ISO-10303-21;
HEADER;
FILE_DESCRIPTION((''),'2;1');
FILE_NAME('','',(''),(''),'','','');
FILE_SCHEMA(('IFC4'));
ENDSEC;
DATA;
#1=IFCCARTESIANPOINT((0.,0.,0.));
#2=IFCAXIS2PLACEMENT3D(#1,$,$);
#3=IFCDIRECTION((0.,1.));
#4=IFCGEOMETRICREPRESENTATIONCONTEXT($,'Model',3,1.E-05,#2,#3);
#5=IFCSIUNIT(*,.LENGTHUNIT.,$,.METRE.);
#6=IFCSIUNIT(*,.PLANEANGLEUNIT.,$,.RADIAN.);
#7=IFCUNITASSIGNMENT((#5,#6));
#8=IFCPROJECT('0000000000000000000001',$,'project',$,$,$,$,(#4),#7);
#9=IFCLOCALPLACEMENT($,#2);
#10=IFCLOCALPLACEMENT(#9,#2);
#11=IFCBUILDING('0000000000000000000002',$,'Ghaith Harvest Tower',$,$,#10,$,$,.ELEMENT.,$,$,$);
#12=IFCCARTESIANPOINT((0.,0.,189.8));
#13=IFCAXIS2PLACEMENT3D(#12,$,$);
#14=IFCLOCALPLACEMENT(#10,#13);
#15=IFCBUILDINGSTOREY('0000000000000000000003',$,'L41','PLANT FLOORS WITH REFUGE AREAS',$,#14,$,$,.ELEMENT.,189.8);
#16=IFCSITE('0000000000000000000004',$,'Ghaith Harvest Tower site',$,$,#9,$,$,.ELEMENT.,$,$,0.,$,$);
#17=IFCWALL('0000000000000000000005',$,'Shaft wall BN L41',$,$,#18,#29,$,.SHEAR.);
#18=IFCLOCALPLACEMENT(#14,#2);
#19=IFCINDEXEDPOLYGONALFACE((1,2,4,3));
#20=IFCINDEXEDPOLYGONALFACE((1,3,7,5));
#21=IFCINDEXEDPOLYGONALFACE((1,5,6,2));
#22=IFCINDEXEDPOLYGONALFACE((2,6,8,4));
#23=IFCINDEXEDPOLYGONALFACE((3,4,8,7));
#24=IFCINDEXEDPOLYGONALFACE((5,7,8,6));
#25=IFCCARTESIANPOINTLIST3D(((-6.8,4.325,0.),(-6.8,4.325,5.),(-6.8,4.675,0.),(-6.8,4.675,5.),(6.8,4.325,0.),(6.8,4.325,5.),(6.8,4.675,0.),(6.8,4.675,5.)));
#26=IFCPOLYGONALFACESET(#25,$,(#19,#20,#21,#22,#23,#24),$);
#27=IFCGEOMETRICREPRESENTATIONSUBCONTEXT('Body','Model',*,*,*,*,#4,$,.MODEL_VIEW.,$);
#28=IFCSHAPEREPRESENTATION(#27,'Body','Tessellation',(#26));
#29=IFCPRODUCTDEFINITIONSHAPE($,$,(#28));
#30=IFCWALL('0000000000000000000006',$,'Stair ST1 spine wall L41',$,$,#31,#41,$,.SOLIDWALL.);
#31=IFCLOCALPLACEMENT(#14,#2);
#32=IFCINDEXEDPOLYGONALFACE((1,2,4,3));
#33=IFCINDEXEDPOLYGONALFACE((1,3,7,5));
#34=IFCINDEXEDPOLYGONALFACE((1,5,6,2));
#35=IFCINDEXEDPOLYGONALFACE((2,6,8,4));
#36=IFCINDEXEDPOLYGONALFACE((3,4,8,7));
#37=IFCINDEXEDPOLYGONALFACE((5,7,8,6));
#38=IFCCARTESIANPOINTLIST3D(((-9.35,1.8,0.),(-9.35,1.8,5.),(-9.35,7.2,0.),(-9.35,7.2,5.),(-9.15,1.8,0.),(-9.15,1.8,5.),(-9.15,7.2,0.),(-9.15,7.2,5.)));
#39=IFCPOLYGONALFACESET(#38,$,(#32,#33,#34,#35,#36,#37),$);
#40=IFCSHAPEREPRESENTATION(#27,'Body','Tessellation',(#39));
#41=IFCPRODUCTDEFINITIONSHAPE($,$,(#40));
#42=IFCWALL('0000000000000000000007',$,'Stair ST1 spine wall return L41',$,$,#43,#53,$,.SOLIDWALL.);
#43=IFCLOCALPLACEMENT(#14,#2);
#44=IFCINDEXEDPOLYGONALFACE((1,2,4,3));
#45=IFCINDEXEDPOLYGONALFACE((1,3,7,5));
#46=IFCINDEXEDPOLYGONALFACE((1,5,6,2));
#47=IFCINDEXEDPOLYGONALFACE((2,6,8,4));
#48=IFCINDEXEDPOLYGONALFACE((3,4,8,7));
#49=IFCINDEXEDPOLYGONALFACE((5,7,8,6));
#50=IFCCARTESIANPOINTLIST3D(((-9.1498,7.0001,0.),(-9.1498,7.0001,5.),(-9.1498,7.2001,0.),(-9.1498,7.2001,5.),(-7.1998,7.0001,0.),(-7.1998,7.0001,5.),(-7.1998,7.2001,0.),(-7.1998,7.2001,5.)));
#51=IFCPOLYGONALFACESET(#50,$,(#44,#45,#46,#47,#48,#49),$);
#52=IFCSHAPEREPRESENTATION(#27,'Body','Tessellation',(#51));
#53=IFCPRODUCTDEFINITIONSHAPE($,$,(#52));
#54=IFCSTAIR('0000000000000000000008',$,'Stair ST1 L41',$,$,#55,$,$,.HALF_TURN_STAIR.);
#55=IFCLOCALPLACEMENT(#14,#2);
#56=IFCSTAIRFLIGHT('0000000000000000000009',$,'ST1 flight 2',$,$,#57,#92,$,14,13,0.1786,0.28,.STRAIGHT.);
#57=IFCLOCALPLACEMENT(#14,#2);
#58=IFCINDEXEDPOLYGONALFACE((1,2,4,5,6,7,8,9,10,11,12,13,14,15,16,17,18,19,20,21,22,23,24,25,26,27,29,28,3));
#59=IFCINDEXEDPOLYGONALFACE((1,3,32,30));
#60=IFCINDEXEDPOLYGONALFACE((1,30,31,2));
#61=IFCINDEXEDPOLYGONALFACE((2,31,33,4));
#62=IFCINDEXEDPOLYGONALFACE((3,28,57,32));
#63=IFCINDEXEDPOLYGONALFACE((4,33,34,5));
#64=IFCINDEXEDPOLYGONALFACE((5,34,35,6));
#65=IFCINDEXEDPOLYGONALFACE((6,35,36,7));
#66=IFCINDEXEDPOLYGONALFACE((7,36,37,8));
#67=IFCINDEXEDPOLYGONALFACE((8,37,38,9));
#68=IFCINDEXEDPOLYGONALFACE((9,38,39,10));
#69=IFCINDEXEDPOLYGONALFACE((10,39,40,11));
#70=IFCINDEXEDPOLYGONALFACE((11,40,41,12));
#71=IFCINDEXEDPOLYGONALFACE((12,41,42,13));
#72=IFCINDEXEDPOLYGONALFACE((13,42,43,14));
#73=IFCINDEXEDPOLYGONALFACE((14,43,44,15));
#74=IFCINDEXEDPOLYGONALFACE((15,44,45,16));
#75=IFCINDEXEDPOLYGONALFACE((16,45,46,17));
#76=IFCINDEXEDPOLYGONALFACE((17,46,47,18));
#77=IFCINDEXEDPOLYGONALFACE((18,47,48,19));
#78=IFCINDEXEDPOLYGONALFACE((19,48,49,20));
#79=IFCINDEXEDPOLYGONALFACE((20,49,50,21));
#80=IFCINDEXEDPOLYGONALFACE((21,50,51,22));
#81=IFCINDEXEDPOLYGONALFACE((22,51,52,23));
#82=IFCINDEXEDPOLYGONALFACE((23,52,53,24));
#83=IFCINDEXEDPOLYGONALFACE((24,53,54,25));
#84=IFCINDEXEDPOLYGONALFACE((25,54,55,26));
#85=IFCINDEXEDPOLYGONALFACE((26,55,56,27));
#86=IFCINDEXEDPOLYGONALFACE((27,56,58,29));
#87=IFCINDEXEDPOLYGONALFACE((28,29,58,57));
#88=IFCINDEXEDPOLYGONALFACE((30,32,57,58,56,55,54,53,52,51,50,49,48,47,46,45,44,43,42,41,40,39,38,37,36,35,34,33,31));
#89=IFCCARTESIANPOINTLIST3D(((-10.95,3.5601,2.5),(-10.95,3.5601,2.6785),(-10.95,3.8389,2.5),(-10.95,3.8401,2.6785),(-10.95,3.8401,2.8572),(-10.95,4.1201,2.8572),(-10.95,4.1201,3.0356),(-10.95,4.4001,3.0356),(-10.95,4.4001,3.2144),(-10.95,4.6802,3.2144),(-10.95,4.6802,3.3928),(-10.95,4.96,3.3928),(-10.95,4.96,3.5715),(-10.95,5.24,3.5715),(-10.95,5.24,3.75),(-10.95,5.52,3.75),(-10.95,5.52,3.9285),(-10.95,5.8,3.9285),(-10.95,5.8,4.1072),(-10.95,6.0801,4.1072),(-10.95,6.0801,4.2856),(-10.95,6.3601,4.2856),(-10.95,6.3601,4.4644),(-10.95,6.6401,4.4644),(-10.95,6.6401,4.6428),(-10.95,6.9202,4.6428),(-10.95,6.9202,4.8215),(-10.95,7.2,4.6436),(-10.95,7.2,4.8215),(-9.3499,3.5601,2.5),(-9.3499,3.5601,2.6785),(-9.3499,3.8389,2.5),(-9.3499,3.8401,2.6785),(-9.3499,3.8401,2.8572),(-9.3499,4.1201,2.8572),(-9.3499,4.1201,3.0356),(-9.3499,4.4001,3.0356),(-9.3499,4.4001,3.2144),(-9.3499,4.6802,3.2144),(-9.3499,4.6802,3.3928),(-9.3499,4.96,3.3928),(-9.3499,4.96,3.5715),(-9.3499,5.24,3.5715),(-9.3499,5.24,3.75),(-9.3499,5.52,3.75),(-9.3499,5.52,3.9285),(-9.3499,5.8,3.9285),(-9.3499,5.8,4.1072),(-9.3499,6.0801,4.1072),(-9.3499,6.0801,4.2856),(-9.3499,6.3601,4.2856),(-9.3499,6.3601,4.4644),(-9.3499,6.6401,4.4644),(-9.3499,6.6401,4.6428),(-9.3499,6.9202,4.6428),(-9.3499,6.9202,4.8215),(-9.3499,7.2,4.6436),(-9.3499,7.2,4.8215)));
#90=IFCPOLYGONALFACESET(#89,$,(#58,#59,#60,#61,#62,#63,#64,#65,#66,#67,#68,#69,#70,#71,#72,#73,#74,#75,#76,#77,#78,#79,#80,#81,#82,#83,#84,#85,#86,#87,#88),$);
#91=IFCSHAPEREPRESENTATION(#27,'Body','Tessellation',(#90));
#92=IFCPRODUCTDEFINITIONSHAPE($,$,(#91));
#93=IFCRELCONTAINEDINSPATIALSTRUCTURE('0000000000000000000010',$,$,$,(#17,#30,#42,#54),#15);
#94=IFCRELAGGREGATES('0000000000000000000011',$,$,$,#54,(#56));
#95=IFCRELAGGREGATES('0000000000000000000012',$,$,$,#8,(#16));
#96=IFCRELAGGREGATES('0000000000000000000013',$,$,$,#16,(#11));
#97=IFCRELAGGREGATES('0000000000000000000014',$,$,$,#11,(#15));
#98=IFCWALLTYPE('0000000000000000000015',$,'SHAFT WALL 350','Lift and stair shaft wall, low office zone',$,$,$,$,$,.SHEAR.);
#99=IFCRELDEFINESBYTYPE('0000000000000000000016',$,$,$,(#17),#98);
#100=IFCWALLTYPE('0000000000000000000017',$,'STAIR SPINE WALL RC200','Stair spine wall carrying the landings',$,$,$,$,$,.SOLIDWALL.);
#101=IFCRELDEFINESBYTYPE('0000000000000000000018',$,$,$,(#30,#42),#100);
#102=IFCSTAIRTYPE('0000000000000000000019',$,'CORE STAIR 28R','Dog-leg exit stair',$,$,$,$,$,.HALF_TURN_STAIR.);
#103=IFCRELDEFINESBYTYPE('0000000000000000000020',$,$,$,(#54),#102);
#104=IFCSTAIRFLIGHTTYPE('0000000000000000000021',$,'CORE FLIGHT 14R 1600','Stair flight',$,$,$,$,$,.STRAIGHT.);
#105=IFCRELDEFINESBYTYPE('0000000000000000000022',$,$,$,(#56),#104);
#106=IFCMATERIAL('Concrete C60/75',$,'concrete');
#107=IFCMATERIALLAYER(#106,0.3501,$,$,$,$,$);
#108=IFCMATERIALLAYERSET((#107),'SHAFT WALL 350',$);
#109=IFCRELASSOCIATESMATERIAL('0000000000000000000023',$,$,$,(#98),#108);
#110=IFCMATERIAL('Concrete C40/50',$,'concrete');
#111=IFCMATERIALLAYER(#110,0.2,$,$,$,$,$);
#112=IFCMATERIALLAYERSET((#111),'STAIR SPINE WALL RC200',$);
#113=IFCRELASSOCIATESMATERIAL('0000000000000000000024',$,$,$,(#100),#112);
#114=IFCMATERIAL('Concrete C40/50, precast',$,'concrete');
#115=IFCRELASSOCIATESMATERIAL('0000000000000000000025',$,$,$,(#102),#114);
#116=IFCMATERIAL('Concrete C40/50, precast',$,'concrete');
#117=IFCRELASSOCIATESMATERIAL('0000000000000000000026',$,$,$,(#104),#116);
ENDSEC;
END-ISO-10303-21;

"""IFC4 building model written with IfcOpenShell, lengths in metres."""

from ifc_helpers import new_model, si_unit, direction, frame, frame_2d, origin, place, context, subcontext, project, spatial, polyline, rectangle, outline, extrude, material, layer, layer_set, type_object, element, aggregate, save


model = new_model("IFC4")

# Units and contexts
model_context = context("Model", 3, precision=1e-05, world=origin(), true_north=direction((0.0, 1.0)))
body_context = subcontext(model_context, "Body", "Model", "MODEL_VIEW")
ifc_project = project(units=[si_unit("LENGTHUNIT", "METRE"), si_unit("PLANEANGLEUNIT", "RADIAN")], contexts=[model_context])

# Site, building, storey
site_placement = place(None, origin())
site = spatial("IfcSite", under=ifc_project, at=site_placement, Name="Ghaith Harvest Tower site", CompositionType="ELEMENT", RefElevation=0.0)
building_placement = place(site_placement, origin())
building = spatial("IfcBuilding", under=site, at=building_placement, Name="Ghaith Harvest Tower", CompositionType="ELEMENT")
storey_placement = place(building_placement, frame((0.0, 0.0, 189.8)))
storey = spatial("IfcBuildingStorey", under=building, at=storey_placement, Name="L41", Description="PLANT FLOORS WITH REFUGE AREAS", CompositionType="ELEMENT", Elevation=189.8)

# Shared definitions
ifc_material_1 = material(Name="Concrete C60/75", Category="concrete")
ifc_layer_1 = layer(ifc_material_1, 0.3501)
ifc_layer_set_1 = layer_set([ifc_layer_1], Name="SHAFT WALL 350")
wall_type_1 = type_object("IfcWallType", Name="SHAFT WALL 350", Description="Lift and stair shaft wall, low office zone", PredefinedType="SHEAR", material=ifc_layer_set_1)

# Walls
wall_1_placement = place(storey_placement, frame((-6.8, 4.5, 0.0), z_axis=(0.0, 0.0, 1.0), x_axis=(1.0, 0.0, 0.0)))
element("IfcWall", 1, at=wall_1_placement, inside=storey, type_object=wall_type_1, Name="Shaft wall BN L41", PredefinedType="SHEAR", context=body_context, shape_type="SweptSolid", body=[
    extrude(rectangle(XDim=13.6001, YDim=0.3501, at=frame_2d((6.8, 0.0))), origin(), (0.0, 0.0, 1.0), 5.0),
])
ifc_material_2 = material(Name="Concrete C40/50", Category="concrete")
ifc_layer_2 = layer(ifc_material_2, 0.2)
ifc_layer_set_2 = layer_set([ifc_layer_2], Name="STAIR SPINE WALL RC200")
wall_type_2 = type_object("IfcWallType", Name="STAIR SPINE WALL RC200", Description="Stair spine wall carrying the landings", PredefinedType="SOLIDWALL", material=ifc_layer_set_2)
wall_2_placement = place(storey_placement, frame((-9.25, 7.2, 0.0), z_axis=(0.0, 0.0, 1.0), x_axis=(0.0, -1.0, 0.0)))
element("IfcWall", 2, at=wall_2_placement, inside=storey, type_object=wall_type_2, Name="Stair ST1 spine wall L41", PredefinedType="SOLIDWALL", context=body_context, shape_type="SweptSolid", body=[
    extrude(rectangle(XDim=5.3999, YDim=0.2, at=frame_2d((2.7, 0.0))), origin(), (0.0, 0.0, 1.0), 5.0),
])
wall_3_placement = place(storey_placement, frame((-9.1499, 7.1001, 0.0), z_axis=(0.0, 0.0, 1.0), x_axis=(1.0, 0.0, 0.0)))
element("IfcWall", 3, at=wall_3_placement, inside=storey, type_object=wall_type_2, Name="Stair ST1 spine wall return L41", PredefinedType="SOLIDWALL", context=body_context, shape_type="SweptSolid", body=[
    extrude(rectangle(XDim=1.95, YDim=0.2, at=frame_2d((0.9751, 0.0))), origin(), (0.0, 0.0, 1.0), 5.0),
])

# Stair, stair flight
ifc_material_3 = material(Name="Concrete C40/50, precast", Category="concrete")
stair_type = type_object("IfcStairType", Name="CORE STAIR 28R", Description="Dog-leg exit stair", PredefinedType="HALF_TURN_STAIR", material=ifc_material_3)
stair_placement = place(storey_placement, origin())
stair = element("IfcStair", 4, at=stair_placement, inside=storey, type_object=stair_type, Name="Stair ST1 L41", PredefinedType="HALF_TURN_STAIR")
ifc_material_4 = material(Name="Concrete C40/50, precast", Category="concrete")
stair_flight_type = type_object("IfcStairFlightType", Name="CORE FLIGHT 14R 1600", Description="Stair flight", PredefinedType="STRAIGHT", material=ifc_material_4)
stair_flight_placement = place(storey_placement, frame((-10.1499, 3.5601, 2.5), z_axis=(0.0, 0.0, 1.0), x_axis=(0.0, 1.0, 0.0)))
stair_flight = element("IfcStairFlight", 5, at=stair_flight_placement, type_object=stair_flight_type, Name="ST1 flight 2", NumberOfRisers=14, NumberOfTreads=13, PredefinedType="STRAIGHT", RiserHeight=0.1786, TreadLength=0.28, context=body_context, shape_type="SweptSolid", body=[
    extrude(outline(polyline([(0.0, 0.0), (0.0, 0.1785), (0.28, 0.1785), (0.28, 0.3572), (0.5601, 0.3572), (0.5601, 0.5356), (0.8401, 0.5356), (0.8401, 0.7144), (1.1201, 0.7144), (1.1201, 0.8928), (1.3999, 0.8928), (1.3999, 1.0715), (1.6799, 1.0715), (1.6799, 1.25), (1.96, 1.25), (1.96, 1.4285), (2.24, 1.4285), (2.24, 1.6072), (2.52, 1.6072), (2.52, 1.7856), (2.8, 1.7856), (2.8, 1.9644), (3.0801, 1.9644), (3.0801, 2.1428), (3.3601, 2.1428), (3.3601, 2.3215), (3.6399, 2.3215), (3.6399, 2.5), (3.6399, 2.1436), (0.2788, 0.0), (0.0, 0.0)])), frame((0.0, 0.8, 0.0), z_axis=(0.0, -1.0, 0.0), x_axis=(1.0, 0.0, 0.0)), (0.0, 0.0, 1.0), 1.6001),
])
aggregate(stair, [stair_flight])

save(model, "model.ifc")
